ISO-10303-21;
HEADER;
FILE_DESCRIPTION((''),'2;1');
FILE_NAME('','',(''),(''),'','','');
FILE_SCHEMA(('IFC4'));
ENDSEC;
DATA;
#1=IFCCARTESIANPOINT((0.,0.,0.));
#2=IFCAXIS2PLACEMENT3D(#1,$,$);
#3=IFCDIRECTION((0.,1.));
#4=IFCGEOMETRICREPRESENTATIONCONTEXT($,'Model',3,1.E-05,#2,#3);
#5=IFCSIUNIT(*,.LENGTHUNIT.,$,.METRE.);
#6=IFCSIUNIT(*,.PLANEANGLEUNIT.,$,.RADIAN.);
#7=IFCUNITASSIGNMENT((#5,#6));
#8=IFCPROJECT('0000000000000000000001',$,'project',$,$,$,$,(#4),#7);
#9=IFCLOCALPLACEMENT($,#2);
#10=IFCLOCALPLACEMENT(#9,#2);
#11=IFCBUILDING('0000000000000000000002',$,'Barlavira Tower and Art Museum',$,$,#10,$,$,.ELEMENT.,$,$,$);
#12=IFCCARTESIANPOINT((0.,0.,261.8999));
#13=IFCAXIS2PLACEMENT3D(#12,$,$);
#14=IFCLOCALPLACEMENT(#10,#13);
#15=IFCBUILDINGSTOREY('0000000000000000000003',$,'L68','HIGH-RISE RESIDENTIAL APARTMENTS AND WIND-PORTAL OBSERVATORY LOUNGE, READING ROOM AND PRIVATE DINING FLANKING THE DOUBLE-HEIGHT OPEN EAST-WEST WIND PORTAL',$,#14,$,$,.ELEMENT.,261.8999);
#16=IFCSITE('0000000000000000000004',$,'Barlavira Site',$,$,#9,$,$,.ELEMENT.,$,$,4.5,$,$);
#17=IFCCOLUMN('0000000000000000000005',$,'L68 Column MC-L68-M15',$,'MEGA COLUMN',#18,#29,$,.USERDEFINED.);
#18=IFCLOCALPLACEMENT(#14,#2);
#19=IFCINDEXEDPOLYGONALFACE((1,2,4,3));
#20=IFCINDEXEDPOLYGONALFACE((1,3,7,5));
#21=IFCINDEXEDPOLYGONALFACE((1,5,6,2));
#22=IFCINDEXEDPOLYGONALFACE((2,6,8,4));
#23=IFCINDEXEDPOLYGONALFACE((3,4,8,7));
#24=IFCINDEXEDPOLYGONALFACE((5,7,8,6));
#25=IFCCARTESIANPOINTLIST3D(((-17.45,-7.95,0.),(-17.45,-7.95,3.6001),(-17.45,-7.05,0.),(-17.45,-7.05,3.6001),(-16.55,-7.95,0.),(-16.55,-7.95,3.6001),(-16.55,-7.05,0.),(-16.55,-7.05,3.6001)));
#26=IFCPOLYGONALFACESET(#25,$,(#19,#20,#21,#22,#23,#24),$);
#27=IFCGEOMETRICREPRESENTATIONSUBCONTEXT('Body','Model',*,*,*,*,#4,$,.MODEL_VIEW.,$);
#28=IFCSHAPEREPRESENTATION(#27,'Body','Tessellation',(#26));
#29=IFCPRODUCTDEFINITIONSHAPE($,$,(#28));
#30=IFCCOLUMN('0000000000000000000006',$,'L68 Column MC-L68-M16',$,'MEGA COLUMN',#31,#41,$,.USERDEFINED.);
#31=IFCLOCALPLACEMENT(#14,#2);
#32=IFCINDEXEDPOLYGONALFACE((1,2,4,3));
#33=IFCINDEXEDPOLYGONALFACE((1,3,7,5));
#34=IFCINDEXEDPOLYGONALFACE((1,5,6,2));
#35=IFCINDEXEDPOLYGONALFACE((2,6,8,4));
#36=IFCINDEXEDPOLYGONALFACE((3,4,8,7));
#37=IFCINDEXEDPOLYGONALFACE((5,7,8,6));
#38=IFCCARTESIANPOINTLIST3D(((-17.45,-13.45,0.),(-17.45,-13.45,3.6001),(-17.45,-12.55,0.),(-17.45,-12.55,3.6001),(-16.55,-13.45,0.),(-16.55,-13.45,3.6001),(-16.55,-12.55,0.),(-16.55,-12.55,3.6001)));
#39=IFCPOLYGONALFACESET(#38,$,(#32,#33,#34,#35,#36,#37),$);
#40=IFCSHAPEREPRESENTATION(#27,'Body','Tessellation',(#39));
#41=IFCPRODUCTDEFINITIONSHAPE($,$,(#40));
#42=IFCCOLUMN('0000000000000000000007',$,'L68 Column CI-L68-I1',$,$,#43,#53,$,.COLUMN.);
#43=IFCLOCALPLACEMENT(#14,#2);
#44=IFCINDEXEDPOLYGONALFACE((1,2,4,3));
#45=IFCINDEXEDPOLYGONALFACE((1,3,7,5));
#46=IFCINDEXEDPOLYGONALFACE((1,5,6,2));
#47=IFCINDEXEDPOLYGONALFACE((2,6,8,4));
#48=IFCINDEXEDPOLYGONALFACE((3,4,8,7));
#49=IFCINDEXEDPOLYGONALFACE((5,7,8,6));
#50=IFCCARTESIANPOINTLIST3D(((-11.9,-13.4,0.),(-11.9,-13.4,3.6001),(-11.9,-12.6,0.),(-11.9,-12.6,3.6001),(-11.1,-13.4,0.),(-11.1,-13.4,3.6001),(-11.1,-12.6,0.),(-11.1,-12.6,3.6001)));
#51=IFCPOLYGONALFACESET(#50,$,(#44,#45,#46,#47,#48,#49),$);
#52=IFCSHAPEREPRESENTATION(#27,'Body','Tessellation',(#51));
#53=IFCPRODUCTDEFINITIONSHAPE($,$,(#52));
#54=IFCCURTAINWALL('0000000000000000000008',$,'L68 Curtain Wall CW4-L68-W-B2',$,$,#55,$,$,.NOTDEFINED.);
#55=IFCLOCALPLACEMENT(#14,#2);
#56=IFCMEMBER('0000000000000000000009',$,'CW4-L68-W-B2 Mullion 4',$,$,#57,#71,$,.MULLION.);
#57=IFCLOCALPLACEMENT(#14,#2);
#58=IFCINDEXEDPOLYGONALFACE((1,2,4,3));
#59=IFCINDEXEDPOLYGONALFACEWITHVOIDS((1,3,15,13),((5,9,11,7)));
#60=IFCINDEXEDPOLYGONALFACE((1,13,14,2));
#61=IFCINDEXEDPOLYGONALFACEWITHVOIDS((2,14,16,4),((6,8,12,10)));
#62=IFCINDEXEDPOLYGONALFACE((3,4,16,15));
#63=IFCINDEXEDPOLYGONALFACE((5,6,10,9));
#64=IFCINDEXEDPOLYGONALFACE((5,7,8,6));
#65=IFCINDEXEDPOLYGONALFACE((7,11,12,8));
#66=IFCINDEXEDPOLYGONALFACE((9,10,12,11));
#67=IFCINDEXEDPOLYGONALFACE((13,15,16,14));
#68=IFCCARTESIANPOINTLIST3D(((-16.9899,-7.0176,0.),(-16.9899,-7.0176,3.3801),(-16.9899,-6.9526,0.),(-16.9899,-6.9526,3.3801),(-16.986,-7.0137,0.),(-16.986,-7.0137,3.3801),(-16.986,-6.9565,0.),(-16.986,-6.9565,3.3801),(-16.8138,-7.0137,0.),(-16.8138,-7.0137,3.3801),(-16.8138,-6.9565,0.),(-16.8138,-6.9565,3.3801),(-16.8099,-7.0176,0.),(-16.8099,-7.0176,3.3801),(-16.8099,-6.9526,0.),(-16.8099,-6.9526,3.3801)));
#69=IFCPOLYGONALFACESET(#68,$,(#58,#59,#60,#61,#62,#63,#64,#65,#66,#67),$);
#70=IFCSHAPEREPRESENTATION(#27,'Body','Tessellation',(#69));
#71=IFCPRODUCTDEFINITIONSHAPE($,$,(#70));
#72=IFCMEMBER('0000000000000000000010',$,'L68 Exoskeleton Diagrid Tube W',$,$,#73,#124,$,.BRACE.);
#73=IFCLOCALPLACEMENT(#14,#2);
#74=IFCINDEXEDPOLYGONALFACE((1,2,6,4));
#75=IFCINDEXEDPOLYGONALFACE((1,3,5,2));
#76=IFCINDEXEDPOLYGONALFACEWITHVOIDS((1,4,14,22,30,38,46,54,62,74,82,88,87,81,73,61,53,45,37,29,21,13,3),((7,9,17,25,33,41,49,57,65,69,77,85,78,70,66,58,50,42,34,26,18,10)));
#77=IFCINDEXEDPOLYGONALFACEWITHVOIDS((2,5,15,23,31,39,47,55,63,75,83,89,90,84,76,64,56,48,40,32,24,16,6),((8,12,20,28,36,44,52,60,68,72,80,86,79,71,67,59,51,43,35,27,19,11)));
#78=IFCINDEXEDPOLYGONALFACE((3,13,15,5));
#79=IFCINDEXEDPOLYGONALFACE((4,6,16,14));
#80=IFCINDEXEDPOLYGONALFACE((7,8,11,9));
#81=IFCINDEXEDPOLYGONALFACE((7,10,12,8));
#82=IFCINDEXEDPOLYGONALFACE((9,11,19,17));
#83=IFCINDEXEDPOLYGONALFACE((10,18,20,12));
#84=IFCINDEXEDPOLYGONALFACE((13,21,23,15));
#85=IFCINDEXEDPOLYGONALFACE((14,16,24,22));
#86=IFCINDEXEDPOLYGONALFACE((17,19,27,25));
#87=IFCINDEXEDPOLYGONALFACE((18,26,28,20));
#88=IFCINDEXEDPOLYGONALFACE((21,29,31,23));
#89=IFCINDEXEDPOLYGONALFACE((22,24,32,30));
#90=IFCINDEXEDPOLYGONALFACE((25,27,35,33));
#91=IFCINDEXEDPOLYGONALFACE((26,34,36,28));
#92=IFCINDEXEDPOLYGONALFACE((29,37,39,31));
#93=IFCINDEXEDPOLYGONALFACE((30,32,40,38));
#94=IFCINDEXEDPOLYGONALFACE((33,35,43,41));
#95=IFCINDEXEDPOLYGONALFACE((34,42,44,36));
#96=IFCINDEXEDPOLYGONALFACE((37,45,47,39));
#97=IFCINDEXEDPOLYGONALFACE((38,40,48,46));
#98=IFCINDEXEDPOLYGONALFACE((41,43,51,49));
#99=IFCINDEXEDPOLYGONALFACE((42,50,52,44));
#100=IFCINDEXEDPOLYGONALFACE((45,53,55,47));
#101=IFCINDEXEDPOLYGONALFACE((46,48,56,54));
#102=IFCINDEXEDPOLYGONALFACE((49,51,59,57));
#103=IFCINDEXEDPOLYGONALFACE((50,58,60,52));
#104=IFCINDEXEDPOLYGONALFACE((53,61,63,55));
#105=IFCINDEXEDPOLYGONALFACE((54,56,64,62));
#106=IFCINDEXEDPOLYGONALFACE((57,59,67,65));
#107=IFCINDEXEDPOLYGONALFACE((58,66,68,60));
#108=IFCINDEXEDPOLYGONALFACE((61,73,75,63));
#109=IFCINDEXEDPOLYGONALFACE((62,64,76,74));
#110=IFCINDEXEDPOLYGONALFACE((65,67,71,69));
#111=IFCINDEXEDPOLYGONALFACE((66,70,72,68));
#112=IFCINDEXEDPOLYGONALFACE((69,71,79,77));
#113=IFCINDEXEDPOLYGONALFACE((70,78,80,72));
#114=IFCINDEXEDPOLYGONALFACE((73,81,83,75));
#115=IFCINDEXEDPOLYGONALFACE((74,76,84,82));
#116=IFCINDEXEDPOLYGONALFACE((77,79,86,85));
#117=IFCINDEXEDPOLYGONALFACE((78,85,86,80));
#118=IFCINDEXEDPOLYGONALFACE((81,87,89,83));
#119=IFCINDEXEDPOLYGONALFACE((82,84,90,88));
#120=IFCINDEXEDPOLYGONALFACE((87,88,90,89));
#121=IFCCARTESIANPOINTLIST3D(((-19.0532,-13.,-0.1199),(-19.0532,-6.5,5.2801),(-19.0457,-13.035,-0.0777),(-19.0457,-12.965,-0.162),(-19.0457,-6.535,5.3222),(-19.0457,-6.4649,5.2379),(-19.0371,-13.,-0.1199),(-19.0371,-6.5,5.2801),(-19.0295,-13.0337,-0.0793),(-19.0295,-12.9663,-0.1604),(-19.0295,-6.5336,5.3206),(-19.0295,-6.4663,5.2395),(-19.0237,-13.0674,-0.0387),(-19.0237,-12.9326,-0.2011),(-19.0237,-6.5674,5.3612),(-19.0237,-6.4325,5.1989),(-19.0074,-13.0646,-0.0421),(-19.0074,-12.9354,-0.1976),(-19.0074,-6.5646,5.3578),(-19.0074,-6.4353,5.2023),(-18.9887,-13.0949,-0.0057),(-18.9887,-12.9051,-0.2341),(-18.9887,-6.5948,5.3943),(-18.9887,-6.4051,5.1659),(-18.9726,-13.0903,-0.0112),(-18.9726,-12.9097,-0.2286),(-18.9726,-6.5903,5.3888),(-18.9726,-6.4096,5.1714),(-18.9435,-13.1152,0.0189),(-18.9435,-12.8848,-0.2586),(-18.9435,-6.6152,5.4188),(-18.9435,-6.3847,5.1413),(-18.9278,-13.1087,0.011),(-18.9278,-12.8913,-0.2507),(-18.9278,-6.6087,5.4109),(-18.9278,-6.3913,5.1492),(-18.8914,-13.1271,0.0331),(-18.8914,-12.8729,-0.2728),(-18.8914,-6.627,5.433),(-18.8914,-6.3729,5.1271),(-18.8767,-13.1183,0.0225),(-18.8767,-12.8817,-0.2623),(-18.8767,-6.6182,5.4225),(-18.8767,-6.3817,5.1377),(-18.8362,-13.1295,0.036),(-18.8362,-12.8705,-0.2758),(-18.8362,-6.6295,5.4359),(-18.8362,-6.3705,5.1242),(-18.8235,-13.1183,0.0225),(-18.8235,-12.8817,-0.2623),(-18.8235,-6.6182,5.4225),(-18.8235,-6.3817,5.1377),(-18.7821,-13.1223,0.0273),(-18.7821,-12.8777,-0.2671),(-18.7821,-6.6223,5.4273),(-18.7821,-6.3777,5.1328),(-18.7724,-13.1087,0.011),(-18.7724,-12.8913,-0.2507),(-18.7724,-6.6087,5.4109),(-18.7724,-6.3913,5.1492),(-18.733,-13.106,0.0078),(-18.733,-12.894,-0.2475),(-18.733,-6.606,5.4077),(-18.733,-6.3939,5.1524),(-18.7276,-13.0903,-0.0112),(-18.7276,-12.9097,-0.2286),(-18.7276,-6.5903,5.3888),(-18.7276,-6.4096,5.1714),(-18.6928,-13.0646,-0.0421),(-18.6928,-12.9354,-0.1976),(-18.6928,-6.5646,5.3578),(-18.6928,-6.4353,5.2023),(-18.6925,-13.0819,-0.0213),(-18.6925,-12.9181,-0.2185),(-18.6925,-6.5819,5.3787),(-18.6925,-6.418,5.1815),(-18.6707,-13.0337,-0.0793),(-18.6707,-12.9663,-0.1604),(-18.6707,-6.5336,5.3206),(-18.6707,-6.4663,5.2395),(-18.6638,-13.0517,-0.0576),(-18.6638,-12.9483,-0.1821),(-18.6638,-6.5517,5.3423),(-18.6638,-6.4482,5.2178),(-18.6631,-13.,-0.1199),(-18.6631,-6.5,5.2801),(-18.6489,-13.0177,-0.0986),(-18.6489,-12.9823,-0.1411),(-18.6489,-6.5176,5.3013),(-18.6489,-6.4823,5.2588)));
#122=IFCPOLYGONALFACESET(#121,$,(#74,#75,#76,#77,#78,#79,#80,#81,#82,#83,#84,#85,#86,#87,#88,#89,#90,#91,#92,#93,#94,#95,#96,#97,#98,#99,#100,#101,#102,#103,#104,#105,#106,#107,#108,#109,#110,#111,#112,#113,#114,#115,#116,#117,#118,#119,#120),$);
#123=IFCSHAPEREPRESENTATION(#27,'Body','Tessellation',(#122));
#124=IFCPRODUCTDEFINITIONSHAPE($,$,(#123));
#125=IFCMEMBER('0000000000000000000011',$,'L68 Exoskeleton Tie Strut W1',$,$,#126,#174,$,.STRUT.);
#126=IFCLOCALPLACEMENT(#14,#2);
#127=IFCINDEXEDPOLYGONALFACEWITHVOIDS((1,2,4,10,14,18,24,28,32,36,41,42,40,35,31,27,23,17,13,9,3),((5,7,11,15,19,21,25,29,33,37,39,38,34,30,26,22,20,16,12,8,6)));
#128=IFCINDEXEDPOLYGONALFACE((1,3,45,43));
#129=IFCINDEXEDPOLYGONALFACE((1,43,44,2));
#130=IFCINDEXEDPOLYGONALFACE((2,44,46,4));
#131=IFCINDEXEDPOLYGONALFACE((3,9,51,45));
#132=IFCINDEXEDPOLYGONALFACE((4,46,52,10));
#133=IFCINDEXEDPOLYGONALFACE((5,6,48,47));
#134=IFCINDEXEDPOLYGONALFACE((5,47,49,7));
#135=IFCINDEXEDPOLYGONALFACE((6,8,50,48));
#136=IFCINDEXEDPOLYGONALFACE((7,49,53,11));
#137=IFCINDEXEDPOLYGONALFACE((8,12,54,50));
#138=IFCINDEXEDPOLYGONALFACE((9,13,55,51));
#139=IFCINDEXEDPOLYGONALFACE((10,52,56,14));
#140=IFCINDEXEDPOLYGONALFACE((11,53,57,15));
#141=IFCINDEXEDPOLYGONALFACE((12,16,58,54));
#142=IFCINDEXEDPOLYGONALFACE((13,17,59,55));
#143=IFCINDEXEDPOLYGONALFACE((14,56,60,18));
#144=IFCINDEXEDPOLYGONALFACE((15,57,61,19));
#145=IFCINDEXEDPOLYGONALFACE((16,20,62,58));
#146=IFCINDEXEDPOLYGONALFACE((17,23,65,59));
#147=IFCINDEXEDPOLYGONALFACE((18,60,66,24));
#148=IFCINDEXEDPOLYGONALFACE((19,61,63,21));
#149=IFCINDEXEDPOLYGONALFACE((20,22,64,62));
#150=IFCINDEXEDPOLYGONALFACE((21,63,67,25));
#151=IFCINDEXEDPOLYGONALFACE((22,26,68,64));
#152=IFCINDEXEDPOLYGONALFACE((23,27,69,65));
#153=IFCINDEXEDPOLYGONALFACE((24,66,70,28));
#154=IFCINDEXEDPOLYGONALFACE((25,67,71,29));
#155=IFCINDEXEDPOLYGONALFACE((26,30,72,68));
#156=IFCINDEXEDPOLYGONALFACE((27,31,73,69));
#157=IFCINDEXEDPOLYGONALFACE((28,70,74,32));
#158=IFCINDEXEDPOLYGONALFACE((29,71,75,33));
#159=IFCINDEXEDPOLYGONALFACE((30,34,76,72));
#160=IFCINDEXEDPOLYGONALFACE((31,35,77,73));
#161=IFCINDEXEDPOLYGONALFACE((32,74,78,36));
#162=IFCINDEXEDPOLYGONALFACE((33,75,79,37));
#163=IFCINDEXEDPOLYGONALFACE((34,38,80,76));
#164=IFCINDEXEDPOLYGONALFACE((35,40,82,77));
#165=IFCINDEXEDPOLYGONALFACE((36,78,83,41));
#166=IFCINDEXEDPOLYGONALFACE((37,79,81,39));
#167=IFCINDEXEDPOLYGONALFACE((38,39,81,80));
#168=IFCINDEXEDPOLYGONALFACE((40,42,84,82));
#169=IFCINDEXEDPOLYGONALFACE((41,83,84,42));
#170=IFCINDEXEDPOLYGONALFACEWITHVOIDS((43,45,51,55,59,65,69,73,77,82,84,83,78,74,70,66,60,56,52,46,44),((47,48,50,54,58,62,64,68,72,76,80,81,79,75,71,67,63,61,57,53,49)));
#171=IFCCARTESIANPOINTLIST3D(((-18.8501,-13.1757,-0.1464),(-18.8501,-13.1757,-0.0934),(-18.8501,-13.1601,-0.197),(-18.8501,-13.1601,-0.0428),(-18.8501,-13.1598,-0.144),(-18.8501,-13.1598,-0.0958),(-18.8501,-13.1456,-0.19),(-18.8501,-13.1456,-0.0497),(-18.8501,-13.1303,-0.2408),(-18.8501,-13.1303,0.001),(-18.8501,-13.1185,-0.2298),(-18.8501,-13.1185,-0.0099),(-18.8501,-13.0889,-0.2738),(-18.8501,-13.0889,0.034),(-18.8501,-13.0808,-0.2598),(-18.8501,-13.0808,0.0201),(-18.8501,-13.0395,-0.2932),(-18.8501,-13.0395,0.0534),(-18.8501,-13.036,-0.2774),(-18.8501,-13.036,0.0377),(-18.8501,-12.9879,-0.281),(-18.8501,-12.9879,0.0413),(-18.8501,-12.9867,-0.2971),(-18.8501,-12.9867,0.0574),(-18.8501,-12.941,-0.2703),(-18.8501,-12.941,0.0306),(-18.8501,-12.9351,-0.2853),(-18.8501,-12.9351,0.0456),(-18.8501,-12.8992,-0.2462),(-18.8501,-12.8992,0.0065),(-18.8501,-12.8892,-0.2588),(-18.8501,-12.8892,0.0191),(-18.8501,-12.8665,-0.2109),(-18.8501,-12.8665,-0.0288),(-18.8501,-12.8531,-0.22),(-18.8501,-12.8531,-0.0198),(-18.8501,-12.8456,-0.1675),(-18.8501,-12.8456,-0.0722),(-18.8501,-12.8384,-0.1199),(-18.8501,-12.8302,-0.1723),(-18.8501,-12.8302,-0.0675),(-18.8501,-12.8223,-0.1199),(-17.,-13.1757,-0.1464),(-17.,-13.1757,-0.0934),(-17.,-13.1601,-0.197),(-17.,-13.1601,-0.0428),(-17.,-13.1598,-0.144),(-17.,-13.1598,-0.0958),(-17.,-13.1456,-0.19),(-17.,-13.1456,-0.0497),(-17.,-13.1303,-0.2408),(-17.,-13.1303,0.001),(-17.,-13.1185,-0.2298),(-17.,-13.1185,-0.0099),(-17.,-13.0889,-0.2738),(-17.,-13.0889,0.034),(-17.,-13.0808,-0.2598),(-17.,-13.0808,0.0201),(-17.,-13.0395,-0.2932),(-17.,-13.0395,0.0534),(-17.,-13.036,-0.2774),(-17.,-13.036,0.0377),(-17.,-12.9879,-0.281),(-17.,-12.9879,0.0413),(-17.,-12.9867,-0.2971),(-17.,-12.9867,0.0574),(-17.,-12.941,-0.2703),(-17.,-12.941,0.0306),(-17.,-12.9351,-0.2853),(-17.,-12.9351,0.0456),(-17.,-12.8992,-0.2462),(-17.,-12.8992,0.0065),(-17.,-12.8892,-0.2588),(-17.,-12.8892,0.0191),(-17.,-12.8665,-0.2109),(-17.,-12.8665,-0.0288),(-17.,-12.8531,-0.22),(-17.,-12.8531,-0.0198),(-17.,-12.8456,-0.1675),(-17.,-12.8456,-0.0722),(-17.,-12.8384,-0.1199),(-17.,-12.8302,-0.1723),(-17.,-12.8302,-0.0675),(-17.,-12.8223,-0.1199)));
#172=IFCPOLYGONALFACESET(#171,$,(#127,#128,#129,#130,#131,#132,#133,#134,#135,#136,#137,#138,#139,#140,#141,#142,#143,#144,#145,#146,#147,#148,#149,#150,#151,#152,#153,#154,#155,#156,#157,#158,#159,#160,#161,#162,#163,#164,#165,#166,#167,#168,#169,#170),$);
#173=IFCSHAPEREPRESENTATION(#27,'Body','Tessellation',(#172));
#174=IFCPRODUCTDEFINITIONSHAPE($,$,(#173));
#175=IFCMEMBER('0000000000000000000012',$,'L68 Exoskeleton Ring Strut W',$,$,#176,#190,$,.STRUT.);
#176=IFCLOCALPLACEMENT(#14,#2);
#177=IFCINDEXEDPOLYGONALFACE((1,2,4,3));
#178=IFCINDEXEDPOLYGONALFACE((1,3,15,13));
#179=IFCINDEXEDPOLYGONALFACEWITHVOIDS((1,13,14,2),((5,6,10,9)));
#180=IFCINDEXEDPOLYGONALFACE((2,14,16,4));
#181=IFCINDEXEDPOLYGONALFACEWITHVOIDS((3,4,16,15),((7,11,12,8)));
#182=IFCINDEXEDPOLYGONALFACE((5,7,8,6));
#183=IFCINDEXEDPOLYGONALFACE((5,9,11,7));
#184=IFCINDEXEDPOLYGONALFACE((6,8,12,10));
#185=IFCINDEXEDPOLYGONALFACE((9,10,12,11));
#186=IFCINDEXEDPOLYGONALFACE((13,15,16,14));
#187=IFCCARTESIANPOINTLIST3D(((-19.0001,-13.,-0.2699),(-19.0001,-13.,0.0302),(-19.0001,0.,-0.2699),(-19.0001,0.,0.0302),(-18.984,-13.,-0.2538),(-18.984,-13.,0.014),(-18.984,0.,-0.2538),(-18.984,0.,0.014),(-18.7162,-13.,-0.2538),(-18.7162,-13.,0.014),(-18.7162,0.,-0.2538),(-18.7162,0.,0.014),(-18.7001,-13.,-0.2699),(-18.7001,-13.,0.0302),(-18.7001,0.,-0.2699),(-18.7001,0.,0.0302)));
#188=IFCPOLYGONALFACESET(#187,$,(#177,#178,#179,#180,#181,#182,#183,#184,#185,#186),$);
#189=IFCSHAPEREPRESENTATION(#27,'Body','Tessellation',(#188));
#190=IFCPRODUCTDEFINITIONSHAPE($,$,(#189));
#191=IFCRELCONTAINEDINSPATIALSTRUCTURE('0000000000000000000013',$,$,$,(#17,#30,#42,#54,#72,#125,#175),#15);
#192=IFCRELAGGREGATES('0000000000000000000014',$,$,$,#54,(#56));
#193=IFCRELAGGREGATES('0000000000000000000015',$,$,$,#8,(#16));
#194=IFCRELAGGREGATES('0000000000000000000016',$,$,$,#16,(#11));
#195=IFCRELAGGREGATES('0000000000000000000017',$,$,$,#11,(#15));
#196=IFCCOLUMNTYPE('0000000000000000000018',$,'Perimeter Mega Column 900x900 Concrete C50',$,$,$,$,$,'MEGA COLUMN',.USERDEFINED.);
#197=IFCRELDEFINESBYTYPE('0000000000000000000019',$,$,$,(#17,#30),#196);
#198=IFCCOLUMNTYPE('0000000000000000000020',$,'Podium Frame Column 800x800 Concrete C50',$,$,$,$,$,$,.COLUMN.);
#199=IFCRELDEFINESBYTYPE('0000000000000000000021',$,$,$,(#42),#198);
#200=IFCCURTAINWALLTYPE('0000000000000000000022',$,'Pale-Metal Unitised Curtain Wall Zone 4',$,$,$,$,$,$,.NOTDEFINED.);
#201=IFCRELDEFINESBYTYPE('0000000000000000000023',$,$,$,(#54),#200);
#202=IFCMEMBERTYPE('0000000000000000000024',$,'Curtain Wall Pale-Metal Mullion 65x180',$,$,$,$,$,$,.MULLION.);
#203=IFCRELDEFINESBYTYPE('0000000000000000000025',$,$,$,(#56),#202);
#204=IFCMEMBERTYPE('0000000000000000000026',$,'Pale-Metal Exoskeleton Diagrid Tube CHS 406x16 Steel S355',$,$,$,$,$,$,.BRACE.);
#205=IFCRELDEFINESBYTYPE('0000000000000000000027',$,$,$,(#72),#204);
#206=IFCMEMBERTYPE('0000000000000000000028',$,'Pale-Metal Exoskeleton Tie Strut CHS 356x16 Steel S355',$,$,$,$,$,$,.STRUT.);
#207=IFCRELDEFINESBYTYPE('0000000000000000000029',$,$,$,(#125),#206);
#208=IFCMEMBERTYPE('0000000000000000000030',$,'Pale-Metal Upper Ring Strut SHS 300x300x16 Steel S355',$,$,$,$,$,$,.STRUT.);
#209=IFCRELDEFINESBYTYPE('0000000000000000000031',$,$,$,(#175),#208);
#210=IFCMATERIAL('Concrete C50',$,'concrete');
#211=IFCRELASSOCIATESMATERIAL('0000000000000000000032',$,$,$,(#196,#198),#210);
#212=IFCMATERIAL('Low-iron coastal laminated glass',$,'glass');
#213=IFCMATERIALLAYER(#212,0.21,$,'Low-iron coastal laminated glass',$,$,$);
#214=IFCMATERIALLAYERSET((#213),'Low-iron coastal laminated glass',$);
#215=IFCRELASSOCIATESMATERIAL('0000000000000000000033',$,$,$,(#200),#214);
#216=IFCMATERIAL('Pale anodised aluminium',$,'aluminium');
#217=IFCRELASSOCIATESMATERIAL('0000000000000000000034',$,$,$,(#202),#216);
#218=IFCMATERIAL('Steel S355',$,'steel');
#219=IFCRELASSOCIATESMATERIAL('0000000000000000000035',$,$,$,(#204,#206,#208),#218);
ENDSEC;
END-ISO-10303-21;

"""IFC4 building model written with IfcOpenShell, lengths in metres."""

from ifc_helpers import new_model, si_unit, direction, frame, origin, origin_2d, place, context, subcontext, project, spatial, rectangle, hollow_rectangle, hollow_circle, extrude, material, layer, layer_set, material_profile, profile_set, type_object, element, aggregate, save


model = new_model("IFC4")

# Units and contexts
model_context = context("Model", 3, precision=1e-05, world=origin(), true_north=direction((0.0, 1.0)))
body_context = subcontext(model_context, "Body", "Model", "MODEL_VIEW")
ifc_project = project(units=[si_unit("LENGTHUNIT", "METRE"), si_unit("PLANEANGLEUNIT", "RADIAN")], contexts=[model_context])

# Site, building, storey
site_placement = place(None, origin())
site = spatial("IfcSite", under=ifc_project, at=site_placement, Name="Barlavira Site", CompositionType="ELEMENT", RefElevation=4.5)
building_placement = place(site_placement, origin())
building = spatial("IfcBuilding", under=site, at=building_placement, Name="Barlavira Tower and Art Museum", CompositionType="ELEMENT")
storey_placement = place(building_placement, frame((0.0, 0.0, 261.8999)))
storey = spatial("IfcBuildingStorey", under=building, at=storey_placement, Name="L68", Description="HIGH-RISE RESIDENTIAL APARTMENTS AND WIND-PORTAL OBSERVATORY LOUNGE, READING ROOM AND PRIVATE DINING FLANKING THE DOUBLE-HEIGHT OPEN EAST-WEST WIND PORTAL", CompositionType="ELEMENT", Elevation=261.8999)

# Columns
ifc_material_1 = material(Name="Concrete C50", Category="concrete")
ifc_material_profile_1 = material_profile(ifc_material_1, rectangle(XDim=0.8999, YDim=0.8999, at=origin_2d()), Name="RC-COL 900x900")
ifc_profile_set_1 = profile_set([ifc_material_profile_1], Name="Concrete C50")
column_type_1 = type_object("IfcColumnType", Name="Perimeter Mega Column 900x900 Concrete C50", ElementType="MEGA COLUMN", PredefinedType="USERDEFINED", material=ifc_profile_set_1)
for number, where, z_axis, x_axis, name in (
    (1, (-17.0, -7.5, 0.0), (0.0, 0.0, 1.0), (1.0, 0.0, 0.0), "L68 Column MC-L68-M15"),
    (2, (-17.0, -13.0, 0.0), (0.0, 0.0, 1.0), (1.0, 0.0, 0.0), "L68 Column MC-L68-M16"),
):
    element("IfcColumn", number, at=place(storey_placement, frame(where, z_axis=z_axis, x_axis=x_axis)), inside=storey, type_object=column_type_1, Name=name, ObjectType="MEGA COLUMN", PredefinedType="USERDEFINED", context=body_context, shape_type="SweptSolid", body=[
        extrude(rectangle(XDim=0.8999, YDim=0.8999, at=origin_2d()), origin(), (0.0, 0.0, 1.0), 3.6001),
    ])
ifc_material_profile_2 = material_profile(ifc_material_1, rectangle(XDim=0.8, YDim=0.8, at=origin_2d()), Name="RC-COL 800x800")
ifc_profile_set_2 = profile_set([ifc_material_profile_2], Name="Concrete C50")
column_type_2 = type_object("IfcColumnType", Name="Podium Frame Column 800x800 Concrete C50", PredefinedType="COLUMN", material=ifc_profile_set_2)
column_placement = place(storey_placement, frame((-11.5, -13.0, 0.0), z_axis=(0.0, 0.0, 1.0), x_axis=(1.0, 0.0, 0.0)))
element("IfcColumn", 3, at=column_placement, inside=storey, type_object=column_type_2, Name="L68 Column CI-L68-I1", PredefinedType="COLUMN", context=body_context, shape_type="SweptSolid", body=[
    extrude(rectangle(XDim=0.8, YDim=0.8, at=origin_2d()), origin(), (0.0, 0.0, 1.0), 3.6001),
])

# Curtain wall, member
ifc_material_2 = material(Name="Low-iron coastal laminated glass", Category="glass")
ifc_layer_1 = layer(ifc_material_2, 0.21, Name="Low-iron coastal laminated glass")
ifc_layer_set_1 = layer_set([ifc_layer_1], Name="Low-iron coastal laminated glass")
curtain_wall_type = type_object("IfcCurtainWallType", Name="Pale-Metal Unitised Curtain Wall Zone 4", PredefinedType="NOTDEFINED", material=ifc_layer_set_1)
curtain_wall_placement = place(storey_placement, origin())
curtain_wall = element("IfcCurtainWall", 4, at=curtain_wall_placement, inside=storey, type_object=curtain_wall_type, Name="L68 Curtain Wall CW4-L68-W-B2", PredefinedType="NOTDEFINED")
ifc_material_3 = material(Name="Pale anodised aluminium", Category="aluminium")
ifc_material_profile_3 = material_profile(ifc_material_3, hollow_rectangle(XDim=0.0649, YDim=0.1799, WallThickness=0.0039, at=origin_2d()), Name="ALU-MULL 65x180x4")
ifc_profile_set_3 = profile_set([ifc_material_profile_3], Name="Pale anodised aluminium")
member_type_1 = type_object("IfcMemberType", Name="Curtain Wall Pale-Metal Mullion 65x180", PredefinedType="MULLION", material=ifc_profile_set_3)
member_1_placement = place(storey_placement, frame((-16.8999, -6.9851, 0.0), z_axis=(0.0, 0.0, 1.0), x_axis=(0.0, -1.0, 0.0)))
member_1 = element("IfcMember", 5, at=member_1_placement, type_object=member_type_1, Name="CW4-L68-W-B2 Mullion 4", PredefinedType="MULLION", context=body_context, shape_type="SweptSolid", body=[
    extrude(hollow_rectangle(XDim=0.0649, YDim=0.1799, WallThickness=0.0039, at=origin_2d()), origin(), (0.0, 0.0, 1.0), 3.3801),
])

# Members
ifc_material_4 = material(Name="Steel S355", Category="steel")
ifc_material_profile_4 = material_profile(ifc_material_4, hollow_circle(Radius=0.2031, WallThickness=0.0161, at=origin_2d()), Name="CHS 406.4x16.0")
ifc_profile_set_4 = profile_set([ifc_material_profile_4], Name="Steel S355")
member_type_2 = type_object("IfcMemberType", Name="Pale-Metal Exoskeleton Diagrid Tube CHS 406x16 Steel S355", PredefinedType="BRACE", material=ifc_profile_set_4)
member_2_placement = place(storey_placement, frame((-18.8501, -13.0, -0.1199), z_axis=(0.0, 0.769196, 0.639013), x_axis=(-1.0, 0.0, 0.0)))
element("IfcMember", 6, at=member_2_placement, inside=storey, type_object=member_type_2, Name="L68 Exoskeleton Diagrid Tube W", PredefinedType="BRACE", context=body_context, shape_type="SweptSolid", body=[
    extrude(hollow_circle(Radius=0.2031, WallThickness=0.0161, at=origin_2d()), origin(), (0.0, 0.0, 1.0), 8.4504),
])
ifc_material_profile_5 = material_profile(ifc_material_4, hollow_circle(Radius=0.1777, WallThickness=0.0161, at=origin_2d()), Name="CHS 355.6x16.0")
ifc_profile_set_5 = profile_set([ifc_material_profile_5], Name="Steel S355")
member_type_3 = type_object("IfcMemberType", Name="Pale-Metal Exoskeleton Tie Strut CHS 356x16 Steel S355", PredefinedType="STRUT", material=ifc_profile_set_5)
member_3_placement = place(storey_placement, frame((-18.8501, -13.0, -0.1199), z_axis=(1.0, 0.0, 0.0), x_axis=(0.0, 1.0, 0.0)))
element("IfcMember", 7, at=member_3_placement, inside=storey, type_object=member_type_3, Name="L68 Exoskeleton Tie Strut W1", PredefinedType="STRUT", context=body_context, shape_type="SweptSolid", body=[
    extrude(hollow_circle(Radius=0.1777, WallThickness=0.0161, at=origin_2d()), origin(), (0.0, 0.0, 1.0), 1.8501),
])
ifc_material_profile_6 = material_profile(ifc_material_4, hollow_rectangle(XDim=0.3, YDim=0.3, WallThickness=0.0161, at=origin_2d()), Name="SHS 300x300x16.0")
ifc_profile_set_6 = profile_set([ifc_material_profile_6], Name="Steel S355")
member_type_4 = type_object("IfcMemberType", Name="Pale-Metal Upper Ring Strut SHS 300x300x16 Steel S355", PredefinedType="STRUT", material=ifc_profile_set_6)
member_4_placement = place(storey_placement, frame((-18.8501, -13.0, -0.1199), z_axis=(0.0, 1.0, 0.0), x_axis=(-1.0, 0.0, 0.0)))
element("IfcMember", 8, at=member_4_placement, inside=storey, type_object=member_type_4, Name="L68 Exoskeleton Ring Strut W", PredefinedType="STRUT", context=body_context, shape_type="SweptSolid", body=[
    extrude(hollow_rectangle(XDim=0.3, YDim=0.3, WallThickness=0.0161, at=origin_2d()), origin(), (0.0, 0.0, 1.0), 13.0),
])

aggregate(curtain_wall, [member_1])

save(model, "model.ifc")
